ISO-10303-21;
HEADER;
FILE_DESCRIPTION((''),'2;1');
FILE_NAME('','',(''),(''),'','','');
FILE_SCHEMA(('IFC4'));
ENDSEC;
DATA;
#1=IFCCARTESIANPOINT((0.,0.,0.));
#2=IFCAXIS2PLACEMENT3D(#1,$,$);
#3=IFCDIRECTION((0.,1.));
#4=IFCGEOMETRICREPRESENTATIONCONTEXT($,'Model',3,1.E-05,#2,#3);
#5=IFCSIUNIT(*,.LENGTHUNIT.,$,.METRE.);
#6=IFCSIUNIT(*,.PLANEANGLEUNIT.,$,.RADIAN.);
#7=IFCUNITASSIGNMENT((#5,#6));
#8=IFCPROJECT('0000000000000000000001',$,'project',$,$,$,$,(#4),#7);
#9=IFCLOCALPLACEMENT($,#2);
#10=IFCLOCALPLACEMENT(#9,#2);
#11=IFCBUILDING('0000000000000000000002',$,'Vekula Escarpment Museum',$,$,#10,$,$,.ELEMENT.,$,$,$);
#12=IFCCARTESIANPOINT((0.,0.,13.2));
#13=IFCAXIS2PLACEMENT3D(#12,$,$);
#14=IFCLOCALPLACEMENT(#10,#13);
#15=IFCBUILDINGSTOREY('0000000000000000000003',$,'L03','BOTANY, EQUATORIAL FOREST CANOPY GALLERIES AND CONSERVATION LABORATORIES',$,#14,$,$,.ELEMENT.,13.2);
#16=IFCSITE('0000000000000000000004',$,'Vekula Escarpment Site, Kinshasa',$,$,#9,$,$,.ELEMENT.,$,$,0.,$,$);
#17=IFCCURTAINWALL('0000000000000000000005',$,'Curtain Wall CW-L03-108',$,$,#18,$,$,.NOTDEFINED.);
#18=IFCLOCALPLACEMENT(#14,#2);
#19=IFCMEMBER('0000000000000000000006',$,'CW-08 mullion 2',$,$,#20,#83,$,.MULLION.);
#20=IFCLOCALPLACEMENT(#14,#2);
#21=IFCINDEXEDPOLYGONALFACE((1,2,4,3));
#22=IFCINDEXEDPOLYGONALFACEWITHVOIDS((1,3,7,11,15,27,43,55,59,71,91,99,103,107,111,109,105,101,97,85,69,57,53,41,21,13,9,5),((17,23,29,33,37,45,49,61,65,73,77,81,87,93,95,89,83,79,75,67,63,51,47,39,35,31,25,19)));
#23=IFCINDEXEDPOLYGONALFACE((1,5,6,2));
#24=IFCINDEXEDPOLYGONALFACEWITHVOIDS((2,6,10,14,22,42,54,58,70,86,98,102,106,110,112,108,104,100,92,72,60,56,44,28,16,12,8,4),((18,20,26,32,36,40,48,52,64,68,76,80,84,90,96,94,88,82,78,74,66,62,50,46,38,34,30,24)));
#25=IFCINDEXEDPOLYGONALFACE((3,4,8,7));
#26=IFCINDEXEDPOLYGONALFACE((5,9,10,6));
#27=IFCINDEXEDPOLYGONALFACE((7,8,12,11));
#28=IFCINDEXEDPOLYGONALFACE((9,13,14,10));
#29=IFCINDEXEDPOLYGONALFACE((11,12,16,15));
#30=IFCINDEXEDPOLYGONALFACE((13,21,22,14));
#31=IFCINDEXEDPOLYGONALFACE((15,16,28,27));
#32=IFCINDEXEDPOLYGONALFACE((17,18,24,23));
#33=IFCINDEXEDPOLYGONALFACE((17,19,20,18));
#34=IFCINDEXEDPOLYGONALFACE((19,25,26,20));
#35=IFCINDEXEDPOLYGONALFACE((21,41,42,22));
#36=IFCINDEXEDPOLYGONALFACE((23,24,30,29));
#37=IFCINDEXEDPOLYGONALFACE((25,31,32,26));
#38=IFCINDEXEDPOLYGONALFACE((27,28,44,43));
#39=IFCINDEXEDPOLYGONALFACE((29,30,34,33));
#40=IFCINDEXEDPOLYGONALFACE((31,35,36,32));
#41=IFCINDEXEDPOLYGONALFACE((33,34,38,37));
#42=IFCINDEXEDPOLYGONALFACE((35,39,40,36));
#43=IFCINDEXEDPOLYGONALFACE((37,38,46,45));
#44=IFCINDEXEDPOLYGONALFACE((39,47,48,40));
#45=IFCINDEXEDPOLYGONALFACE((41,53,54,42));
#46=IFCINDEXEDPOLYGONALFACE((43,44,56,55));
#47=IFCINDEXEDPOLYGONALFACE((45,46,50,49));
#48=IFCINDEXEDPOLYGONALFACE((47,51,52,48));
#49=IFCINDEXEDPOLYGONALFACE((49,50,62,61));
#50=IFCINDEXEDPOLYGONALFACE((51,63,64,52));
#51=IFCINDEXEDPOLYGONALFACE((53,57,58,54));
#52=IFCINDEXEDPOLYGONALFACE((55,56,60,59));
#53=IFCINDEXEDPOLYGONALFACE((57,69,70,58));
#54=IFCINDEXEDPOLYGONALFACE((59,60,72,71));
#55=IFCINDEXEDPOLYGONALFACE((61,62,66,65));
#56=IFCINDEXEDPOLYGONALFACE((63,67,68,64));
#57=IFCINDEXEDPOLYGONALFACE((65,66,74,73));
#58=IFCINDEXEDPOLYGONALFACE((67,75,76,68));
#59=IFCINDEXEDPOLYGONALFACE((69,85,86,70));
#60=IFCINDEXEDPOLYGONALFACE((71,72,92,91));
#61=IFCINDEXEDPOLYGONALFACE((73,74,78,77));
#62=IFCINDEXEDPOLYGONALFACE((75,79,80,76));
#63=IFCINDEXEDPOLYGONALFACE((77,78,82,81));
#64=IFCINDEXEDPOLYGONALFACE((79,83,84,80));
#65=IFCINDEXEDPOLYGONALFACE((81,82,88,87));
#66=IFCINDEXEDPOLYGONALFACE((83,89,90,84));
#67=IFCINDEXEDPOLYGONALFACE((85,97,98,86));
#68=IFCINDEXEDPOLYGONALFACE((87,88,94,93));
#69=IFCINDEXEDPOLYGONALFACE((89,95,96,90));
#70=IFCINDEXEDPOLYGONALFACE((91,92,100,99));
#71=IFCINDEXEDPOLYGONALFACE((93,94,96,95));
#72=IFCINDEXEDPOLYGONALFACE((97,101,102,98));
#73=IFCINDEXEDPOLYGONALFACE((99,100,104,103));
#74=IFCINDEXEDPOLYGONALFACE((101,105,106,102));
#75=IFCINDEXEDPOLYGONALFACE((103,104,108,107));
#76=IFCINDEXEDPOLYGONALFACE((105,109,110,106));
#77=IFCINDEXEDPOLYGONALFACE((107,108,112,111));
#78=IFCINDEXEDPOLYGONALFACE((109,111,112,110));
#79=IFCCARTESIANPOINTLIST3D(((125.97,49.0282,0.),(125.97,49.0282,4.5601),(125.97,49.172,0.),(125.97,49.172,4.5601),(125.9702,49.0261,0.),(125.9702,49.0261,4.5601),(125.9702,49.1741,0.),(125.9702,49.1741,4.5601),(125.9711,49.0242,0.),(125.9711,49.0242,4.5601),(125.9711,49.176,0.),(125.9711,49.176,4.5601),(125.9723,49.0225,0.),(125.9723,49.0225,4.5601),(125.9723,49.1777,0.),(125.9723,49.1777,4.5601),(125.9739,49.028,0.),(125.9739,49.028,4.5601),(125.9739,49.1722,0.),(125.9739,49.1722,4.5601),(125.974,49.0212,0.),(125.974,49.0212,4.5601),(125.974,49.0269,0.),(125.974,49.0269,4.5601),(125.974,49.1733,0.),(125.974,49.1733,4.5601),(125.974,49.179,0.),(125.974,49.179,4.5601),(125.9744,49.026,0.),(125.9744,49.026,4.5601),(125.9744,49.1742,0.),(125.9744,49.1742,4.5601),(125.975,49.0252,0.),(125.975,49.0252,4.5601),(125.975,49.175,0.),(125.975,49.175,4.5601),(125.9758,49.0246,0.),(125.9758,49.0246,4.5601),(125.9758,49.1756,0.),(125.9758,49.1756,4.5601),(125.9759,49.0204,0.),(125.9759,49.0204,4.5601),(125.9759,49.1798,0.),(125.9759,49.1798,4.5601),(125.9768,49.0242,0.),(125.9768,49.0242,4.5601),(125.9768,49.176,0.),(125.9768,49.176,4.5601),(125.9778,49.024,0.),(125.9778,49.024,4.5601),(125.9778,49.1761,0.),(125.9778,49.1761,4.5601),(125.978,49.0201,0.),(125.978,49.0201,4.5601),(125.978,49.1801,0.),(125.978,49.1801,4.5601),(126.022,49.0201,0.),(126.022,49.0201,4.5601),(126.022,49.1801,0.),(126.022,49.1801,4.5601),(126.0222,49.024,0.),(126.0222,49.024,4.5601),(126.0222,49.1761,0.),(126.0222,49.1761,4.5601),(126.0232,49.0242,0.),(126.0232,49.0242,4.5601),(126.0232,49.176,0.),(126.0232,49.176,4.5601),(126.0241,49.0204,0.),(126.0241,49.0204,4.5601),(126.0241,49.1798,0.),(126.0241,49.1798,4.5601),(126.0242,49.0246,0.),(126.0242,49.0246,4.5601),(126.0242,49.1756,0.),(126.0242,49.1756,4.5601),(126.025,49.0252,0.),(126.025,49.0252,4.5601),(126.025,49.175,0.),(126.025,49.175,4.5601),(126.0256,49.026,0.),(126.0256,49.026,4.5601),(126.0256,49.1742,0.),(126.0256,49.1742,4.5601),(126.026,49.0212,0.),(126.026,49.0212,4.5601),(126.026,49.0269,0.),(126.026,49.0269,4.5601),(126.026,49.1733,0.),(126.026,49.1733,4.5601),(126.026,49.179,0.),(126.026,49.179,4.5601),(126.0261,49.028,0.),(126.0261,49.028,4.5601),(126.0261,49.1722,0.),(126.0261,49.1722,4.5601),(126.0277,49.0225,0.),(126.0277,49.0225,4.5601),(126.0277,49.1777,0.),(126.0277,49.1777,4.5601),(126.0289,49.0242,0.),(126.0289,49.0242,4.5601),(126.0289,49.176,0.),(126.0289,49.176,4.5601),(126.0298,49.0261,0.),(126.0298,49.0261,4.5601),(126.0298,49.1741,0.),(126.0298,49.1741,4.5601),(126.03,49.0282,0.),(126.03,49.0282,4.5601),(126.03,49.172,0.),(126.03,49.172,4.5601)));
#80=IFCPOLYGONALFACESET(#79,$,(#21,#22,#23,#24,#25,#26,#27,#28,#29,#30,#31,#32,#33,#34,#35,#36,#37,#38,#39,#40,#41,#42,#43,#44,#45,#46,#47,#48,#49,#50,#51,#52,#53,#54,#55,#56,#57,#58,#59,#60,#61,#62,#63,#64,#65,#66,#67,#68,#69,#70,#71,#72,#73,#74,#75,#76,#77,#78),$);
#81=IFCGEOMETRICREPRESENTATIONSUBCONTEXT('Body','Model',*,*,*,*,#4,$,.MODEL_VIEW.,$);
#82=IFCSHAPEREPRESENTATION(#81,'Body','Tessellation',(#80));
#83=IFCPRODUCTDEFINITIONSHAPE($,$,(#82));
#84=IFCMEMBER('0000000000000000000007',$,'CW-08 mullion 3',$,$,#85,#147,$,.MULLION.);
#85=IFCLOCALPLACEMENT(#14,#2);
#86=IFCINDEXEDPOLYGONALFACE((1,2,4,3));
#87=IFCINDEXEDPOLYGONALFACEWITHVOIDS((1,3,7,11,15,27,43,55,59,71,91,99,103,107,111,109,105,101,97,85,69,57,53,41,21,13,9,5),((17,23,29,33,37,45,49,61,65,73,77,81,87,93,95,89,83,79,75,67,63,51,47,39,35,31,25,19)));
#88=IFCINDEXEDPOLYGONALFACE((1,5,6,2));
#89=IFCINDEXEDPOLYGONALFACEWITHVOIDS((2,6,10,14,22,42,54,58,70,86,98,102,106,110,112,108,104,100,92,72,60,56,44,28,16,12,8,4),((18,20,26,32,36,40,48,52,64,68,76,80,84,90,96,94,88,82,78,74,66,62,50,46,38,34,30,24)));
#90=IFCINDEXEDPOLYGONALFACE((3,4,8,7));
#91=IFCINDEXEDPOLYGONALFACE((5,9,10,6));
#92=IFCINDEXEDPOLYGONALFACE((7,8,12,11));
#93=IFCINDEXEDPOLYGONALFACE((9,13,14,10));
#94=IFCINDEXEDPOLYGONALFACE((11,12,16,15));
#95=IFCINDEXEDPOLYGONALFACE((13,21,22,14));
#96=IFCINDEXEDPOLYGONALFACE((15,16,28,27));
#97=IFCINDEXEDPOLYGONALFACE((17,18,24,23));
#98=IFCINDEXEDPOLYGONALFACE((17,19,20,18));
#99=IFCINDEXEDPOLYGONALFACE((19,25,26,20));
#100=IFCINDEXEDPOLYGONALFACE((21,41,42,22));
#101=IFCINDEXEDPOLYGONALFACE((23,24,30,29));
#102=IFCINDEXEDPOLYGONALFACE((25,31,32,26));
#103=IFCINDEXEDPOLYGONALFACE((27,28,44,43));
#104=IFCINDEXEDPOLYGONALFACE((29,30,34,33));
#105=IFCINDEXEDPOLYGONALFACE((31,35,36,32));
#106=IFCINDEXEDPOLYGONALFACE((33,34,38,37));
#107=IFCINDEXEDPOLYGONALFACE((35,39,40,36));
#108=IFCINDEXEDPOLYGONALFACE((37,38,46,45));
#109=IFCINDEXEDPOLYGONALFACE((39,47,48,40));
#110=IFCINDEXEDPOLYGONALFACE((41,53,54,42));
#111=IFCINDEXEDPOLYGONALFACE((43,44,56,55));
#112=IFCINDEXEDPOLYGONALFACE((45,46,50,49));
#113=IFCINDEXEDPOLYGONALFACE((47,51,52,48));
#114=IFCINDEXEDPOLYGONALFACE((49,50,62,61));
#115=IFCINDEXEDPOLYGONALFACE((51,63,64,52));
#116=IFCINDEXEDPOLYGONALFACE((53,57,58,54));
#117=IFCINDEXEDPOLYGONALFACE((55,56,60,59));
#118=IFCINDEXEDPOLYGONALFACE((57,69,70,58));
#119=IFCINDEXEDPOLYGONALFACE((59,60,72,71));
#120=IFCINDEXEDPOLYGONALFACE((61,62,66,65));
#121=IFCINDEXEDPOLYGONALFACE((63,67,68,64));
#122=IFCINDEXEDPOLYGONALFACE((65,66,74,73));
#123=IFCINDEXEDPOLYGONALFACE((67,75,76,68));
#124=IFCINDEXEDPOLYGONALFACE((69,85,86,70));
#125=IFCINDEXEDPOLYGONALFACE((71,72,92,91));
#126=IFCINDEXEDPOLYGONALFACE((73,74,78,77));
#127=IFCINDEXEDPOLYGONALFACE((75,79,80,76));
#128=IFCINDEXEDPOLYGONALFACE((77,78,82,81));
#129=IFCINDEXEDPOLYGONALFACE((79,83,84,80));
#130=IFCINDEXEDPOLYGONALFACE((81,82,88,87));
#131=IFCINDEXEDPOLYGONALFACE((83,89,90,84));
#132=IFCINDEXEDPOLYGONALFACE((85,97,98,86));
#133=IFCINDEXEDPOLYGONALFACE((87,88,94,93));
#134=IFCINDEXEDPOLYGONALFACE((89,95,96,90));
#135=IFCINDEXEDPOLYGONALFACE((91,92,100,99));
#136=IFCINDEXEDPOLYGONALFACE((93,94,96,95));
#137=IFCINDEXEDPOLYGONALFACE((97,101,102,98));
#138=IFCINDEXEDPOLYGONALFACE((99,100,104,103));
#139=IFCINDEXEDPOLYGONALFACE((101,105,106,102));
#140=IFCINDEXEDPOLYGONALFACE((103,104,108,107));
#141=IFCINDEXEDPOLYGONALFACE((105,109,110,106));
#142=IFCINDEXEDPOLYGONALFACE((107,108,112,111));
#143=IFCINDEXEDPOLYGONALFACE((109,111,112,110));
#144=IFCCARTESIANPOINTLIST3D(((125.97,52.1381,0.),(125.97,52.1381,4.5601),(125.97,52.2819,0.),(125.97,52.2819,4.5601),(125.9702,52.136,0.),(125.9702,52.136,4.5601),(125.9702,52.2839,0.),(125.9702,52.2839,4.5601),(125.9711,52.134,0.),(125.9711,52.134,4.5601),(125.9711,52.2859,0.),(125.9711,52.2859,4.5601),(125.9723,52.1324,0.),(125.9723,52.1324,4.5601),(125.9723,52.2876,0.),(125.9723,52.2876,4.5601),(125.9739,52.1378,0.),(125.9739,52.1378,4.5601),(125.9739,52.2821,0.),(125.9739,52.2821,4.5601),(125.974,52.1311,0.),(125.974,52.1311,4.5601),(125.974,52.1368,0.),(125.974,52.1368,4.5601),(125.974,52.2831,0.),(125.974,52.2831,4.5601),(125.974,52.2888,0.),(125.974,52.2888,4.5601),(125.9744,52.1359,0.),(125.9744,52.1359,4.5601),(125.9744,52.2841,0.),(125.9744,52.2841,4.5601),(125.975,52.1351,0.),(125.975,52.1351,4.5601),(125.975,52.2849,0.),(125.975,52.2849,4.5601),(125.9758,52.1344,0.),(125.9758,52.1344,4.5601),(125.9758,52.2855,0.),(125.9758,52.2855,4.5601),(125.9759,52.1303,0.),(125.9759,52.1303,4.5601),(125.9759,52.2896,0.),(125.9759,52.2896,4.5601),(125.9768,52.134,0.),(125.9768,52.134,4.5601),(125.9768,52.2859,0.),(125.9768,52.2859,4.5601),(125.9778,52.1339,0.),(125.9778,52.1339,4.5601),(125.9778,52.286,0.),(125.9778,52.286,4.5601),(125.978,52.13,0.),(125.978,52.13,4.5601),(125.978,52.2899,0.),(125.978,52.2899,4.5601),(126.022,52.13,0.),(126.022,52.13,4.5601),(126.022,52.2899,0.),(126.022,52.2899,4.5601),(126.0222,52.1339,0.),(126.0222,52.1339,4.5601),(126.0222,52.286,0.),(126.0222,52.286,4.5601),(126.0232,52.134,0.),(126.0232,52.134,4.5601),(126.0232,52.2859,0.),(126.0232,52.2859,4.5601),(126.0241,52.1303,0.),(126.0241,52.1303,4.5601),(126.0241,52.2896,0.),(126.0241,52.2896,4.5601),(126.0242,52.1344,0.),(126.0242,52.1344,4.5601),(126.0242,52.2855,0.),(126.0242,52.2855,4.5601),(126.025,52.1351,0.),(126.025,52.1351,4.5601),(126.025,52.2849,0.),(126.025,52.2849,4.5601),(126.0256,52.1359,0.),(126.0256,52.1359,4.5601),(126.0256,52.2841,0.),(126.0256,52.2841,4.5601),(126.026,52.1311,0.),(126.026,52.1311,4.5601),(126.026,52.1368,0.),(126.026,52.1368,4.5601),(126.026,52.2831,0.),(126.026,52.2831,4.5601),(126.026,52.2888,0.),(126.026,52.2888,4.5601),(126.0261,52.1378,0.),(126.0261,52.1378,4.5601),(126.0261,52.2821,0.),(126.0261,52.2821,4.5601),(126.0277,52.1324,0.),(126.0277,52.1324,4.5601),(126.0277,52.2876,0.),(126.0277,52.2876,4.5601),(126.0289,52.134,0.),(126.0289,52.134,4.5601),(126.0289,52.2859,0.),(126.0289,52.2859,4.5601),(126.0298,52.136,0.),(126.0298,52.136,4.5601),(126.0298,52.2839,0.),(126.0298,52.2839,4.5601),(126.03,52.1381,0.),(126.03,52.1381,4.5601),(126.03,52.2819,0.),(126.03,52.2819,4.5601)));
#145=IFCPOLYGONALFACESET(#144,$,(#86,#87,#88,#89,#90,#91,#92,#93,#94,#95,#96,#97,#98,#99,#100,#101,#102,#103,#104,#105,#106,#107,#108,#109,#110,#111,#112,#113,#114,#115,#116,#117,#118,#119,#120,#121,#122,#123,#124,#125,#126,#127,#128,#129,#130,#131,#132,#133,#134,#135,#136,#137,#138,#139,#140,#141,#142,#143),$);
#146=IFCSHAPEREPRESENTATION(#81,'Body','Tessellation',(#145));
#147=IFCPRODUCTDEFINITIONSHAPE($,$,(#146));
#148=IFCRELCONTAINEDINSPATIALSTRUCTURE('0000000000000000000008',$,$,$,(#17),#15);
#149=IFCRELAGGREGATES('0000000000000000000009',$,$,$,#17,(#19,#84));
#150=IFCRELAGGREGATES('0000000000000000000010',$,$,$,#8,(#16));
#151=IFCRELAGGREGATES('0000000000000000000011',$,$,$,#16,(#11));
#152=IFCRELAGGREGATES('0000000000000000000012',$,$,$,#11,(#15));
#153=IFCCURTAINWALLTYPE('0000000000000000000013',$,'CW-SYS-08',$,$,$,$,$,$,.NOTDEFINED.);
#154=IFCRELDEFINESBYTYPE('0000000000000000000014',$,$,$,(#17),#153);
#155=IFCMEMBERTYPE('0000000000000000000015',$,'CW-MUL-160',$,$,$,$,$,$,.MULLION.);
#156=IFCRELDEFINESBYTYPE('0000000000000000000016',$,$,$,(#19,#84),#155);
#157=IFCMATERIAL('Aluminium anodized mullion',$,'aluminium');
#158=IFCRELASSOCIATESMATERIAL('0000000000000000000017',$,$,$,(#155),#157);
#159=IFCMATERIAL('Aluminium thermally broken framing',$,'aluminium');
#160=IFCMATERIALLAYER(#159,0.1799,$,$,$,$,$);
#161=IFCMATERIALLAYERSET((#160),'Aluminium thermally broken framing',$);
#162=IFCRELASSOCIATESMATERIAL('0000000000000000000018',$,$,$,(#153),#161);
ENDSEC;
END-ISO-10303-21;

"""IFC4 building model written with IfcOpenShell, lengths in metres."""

from ifc_helpers import new_model, si_unit, direction, frame, origin, origin_2d, place, context, subcontext, project, spatial, hollow_rectangle, extrude, material, layer, layer_set, material_profile, profile_set, type_object, element, aggregate, save


model = new_model("IFC4")

# Units and contexts
model_context = context("Model", 3, precision=1e-05, world=origin(), true_north=direction((0.0, 1.0)))
body_context = subcontext(model_context, "Body", "Model", "MODEL_VIEW")
ifc_project = project(units=[si_unit("LENGTHUNIT", "METRE"), si_unit("PLANEANGLEUNIT", "RADIAN")], contexts=[model_context])

# Site, building, storey
site_placement = place(None, origin())
site = spatial("IfcSite", under=ifc_project, at=site_placement, Name="Vekula Escarpment Site, Kinshasa", CompositionType="ELEMENT", RefElevation=0.0)
building_placement = place(site_placement, origin())
building = spatial("IfcBuilding", under=site, at=building_placement, Name="Vekula Escarpment Museum", CompositionType="ELEMENT")
storey_placement = place(building_placement, frame((0.0, 0.0, 13.2)))
storey = spatial("IfcBuildingStorey", under=building, at=storey_placement, Name="L03", Description="BOTANY, EQUATORIAL FOREST CANOPY GALLERIES AND CONSERVATION LABORATORIES", CompositionType="ELEMENT", Elevation=13.2)

# Curtain wall, members
ifc_material_1 = material(Name="Aluminium anodized mullion", Category="aluminium")
ifc_material_profile_1 = material_profile(ifc_material_1, hollow_rectangle(XDim=0.0601, YDim=0.1599, WallThickness=0.0039, InnerFilletRadius=0.0039, OuterFilletRadius=0.0081, at=origin_2d()), Name="ALU 160x60x4")
ifc_profile_set_1 = profile_set([ifc_material_profile_1], Name="Aluminium anodized mullion")
member_type_1 = type_object("IfcMemberType", Name="CW-MUL-160", PredefinedType="MULLION", material=ifc_profile_set_1)
ifc_material_2 = material(Name="Aluminium thermally broken framing", Category="aluminium")
ifc_layer_1 = layer(ifc_material_2, 0.1799)
ifc_layer_set_1 = layer_set([ifc_layer_1], Name="Aluminium thermally broken framing")
curtain_wall_type_1 = type_object("IfcCurtainWallType", Name="CW-SYS-08", PredefinedType="NOTDEFINED", material=ifc_layer_set_1)
curtain_wall_1_placement = place(storey_placement, origin())
curtain_wall_1 = element("IfcCurtainWall", 1, at=curtain_wall_1_placement, inside=storey, type_object=curtain_wall_type_1, Name="Curtain Wall CW-L03-108", PredefinedType="NOTDEFINED")
member_1_placement = place(storey_placement, frame((126.0, 49.1001, 0.0), z_axis=(0.0, 0.0, 1.0), x_axis=(-1.0, 0.0, 0.0)))
member_1 = element("IfcMember", 2, at=member_1_placement, type_object=member_type_1, Name="CW-08 mullion 2", PredefinedType="MULLION", context=body_context, shape_type="SweptSolid", body=[
    extrude(hollow_rectangle(XDim=0.0601, YDim=0.1599, WallThickness=0.0039, InnerFilletRadius=0.0039, OuterFilletRadius=0.0081, at=origin_2d()), origin(), (0.0, 0.0, 1.0), 4.5601),
])
member_2_placement = place(storey_placement, frame((126.0, 52.21, 0.0), z_axis=(0.0, 0.0, 1.0), x_axis=(-1.0, 0.0, 0.0)))
member_2 = element("IfcMember", 3, at=member_2_placement, type_object=member_type_1, Name="CW-08 mullion 3", PredefinedType="MULLION", context=body_context, shape_type="SweptSolid", body=[
    extrude(hollow_rectangle(XDim=0.0601, YDim=0.1599, WallThickness=0.0039, InnerFilletRadius=0.0039, OuterFilletRadius=0.0081, at=origin_2d()), origin(), (0.0, 0.0, 1.0), 4.5601),
])

aggregate(curtain_wall_1, [member_1, member_2])

save(model, "model.ifc")
